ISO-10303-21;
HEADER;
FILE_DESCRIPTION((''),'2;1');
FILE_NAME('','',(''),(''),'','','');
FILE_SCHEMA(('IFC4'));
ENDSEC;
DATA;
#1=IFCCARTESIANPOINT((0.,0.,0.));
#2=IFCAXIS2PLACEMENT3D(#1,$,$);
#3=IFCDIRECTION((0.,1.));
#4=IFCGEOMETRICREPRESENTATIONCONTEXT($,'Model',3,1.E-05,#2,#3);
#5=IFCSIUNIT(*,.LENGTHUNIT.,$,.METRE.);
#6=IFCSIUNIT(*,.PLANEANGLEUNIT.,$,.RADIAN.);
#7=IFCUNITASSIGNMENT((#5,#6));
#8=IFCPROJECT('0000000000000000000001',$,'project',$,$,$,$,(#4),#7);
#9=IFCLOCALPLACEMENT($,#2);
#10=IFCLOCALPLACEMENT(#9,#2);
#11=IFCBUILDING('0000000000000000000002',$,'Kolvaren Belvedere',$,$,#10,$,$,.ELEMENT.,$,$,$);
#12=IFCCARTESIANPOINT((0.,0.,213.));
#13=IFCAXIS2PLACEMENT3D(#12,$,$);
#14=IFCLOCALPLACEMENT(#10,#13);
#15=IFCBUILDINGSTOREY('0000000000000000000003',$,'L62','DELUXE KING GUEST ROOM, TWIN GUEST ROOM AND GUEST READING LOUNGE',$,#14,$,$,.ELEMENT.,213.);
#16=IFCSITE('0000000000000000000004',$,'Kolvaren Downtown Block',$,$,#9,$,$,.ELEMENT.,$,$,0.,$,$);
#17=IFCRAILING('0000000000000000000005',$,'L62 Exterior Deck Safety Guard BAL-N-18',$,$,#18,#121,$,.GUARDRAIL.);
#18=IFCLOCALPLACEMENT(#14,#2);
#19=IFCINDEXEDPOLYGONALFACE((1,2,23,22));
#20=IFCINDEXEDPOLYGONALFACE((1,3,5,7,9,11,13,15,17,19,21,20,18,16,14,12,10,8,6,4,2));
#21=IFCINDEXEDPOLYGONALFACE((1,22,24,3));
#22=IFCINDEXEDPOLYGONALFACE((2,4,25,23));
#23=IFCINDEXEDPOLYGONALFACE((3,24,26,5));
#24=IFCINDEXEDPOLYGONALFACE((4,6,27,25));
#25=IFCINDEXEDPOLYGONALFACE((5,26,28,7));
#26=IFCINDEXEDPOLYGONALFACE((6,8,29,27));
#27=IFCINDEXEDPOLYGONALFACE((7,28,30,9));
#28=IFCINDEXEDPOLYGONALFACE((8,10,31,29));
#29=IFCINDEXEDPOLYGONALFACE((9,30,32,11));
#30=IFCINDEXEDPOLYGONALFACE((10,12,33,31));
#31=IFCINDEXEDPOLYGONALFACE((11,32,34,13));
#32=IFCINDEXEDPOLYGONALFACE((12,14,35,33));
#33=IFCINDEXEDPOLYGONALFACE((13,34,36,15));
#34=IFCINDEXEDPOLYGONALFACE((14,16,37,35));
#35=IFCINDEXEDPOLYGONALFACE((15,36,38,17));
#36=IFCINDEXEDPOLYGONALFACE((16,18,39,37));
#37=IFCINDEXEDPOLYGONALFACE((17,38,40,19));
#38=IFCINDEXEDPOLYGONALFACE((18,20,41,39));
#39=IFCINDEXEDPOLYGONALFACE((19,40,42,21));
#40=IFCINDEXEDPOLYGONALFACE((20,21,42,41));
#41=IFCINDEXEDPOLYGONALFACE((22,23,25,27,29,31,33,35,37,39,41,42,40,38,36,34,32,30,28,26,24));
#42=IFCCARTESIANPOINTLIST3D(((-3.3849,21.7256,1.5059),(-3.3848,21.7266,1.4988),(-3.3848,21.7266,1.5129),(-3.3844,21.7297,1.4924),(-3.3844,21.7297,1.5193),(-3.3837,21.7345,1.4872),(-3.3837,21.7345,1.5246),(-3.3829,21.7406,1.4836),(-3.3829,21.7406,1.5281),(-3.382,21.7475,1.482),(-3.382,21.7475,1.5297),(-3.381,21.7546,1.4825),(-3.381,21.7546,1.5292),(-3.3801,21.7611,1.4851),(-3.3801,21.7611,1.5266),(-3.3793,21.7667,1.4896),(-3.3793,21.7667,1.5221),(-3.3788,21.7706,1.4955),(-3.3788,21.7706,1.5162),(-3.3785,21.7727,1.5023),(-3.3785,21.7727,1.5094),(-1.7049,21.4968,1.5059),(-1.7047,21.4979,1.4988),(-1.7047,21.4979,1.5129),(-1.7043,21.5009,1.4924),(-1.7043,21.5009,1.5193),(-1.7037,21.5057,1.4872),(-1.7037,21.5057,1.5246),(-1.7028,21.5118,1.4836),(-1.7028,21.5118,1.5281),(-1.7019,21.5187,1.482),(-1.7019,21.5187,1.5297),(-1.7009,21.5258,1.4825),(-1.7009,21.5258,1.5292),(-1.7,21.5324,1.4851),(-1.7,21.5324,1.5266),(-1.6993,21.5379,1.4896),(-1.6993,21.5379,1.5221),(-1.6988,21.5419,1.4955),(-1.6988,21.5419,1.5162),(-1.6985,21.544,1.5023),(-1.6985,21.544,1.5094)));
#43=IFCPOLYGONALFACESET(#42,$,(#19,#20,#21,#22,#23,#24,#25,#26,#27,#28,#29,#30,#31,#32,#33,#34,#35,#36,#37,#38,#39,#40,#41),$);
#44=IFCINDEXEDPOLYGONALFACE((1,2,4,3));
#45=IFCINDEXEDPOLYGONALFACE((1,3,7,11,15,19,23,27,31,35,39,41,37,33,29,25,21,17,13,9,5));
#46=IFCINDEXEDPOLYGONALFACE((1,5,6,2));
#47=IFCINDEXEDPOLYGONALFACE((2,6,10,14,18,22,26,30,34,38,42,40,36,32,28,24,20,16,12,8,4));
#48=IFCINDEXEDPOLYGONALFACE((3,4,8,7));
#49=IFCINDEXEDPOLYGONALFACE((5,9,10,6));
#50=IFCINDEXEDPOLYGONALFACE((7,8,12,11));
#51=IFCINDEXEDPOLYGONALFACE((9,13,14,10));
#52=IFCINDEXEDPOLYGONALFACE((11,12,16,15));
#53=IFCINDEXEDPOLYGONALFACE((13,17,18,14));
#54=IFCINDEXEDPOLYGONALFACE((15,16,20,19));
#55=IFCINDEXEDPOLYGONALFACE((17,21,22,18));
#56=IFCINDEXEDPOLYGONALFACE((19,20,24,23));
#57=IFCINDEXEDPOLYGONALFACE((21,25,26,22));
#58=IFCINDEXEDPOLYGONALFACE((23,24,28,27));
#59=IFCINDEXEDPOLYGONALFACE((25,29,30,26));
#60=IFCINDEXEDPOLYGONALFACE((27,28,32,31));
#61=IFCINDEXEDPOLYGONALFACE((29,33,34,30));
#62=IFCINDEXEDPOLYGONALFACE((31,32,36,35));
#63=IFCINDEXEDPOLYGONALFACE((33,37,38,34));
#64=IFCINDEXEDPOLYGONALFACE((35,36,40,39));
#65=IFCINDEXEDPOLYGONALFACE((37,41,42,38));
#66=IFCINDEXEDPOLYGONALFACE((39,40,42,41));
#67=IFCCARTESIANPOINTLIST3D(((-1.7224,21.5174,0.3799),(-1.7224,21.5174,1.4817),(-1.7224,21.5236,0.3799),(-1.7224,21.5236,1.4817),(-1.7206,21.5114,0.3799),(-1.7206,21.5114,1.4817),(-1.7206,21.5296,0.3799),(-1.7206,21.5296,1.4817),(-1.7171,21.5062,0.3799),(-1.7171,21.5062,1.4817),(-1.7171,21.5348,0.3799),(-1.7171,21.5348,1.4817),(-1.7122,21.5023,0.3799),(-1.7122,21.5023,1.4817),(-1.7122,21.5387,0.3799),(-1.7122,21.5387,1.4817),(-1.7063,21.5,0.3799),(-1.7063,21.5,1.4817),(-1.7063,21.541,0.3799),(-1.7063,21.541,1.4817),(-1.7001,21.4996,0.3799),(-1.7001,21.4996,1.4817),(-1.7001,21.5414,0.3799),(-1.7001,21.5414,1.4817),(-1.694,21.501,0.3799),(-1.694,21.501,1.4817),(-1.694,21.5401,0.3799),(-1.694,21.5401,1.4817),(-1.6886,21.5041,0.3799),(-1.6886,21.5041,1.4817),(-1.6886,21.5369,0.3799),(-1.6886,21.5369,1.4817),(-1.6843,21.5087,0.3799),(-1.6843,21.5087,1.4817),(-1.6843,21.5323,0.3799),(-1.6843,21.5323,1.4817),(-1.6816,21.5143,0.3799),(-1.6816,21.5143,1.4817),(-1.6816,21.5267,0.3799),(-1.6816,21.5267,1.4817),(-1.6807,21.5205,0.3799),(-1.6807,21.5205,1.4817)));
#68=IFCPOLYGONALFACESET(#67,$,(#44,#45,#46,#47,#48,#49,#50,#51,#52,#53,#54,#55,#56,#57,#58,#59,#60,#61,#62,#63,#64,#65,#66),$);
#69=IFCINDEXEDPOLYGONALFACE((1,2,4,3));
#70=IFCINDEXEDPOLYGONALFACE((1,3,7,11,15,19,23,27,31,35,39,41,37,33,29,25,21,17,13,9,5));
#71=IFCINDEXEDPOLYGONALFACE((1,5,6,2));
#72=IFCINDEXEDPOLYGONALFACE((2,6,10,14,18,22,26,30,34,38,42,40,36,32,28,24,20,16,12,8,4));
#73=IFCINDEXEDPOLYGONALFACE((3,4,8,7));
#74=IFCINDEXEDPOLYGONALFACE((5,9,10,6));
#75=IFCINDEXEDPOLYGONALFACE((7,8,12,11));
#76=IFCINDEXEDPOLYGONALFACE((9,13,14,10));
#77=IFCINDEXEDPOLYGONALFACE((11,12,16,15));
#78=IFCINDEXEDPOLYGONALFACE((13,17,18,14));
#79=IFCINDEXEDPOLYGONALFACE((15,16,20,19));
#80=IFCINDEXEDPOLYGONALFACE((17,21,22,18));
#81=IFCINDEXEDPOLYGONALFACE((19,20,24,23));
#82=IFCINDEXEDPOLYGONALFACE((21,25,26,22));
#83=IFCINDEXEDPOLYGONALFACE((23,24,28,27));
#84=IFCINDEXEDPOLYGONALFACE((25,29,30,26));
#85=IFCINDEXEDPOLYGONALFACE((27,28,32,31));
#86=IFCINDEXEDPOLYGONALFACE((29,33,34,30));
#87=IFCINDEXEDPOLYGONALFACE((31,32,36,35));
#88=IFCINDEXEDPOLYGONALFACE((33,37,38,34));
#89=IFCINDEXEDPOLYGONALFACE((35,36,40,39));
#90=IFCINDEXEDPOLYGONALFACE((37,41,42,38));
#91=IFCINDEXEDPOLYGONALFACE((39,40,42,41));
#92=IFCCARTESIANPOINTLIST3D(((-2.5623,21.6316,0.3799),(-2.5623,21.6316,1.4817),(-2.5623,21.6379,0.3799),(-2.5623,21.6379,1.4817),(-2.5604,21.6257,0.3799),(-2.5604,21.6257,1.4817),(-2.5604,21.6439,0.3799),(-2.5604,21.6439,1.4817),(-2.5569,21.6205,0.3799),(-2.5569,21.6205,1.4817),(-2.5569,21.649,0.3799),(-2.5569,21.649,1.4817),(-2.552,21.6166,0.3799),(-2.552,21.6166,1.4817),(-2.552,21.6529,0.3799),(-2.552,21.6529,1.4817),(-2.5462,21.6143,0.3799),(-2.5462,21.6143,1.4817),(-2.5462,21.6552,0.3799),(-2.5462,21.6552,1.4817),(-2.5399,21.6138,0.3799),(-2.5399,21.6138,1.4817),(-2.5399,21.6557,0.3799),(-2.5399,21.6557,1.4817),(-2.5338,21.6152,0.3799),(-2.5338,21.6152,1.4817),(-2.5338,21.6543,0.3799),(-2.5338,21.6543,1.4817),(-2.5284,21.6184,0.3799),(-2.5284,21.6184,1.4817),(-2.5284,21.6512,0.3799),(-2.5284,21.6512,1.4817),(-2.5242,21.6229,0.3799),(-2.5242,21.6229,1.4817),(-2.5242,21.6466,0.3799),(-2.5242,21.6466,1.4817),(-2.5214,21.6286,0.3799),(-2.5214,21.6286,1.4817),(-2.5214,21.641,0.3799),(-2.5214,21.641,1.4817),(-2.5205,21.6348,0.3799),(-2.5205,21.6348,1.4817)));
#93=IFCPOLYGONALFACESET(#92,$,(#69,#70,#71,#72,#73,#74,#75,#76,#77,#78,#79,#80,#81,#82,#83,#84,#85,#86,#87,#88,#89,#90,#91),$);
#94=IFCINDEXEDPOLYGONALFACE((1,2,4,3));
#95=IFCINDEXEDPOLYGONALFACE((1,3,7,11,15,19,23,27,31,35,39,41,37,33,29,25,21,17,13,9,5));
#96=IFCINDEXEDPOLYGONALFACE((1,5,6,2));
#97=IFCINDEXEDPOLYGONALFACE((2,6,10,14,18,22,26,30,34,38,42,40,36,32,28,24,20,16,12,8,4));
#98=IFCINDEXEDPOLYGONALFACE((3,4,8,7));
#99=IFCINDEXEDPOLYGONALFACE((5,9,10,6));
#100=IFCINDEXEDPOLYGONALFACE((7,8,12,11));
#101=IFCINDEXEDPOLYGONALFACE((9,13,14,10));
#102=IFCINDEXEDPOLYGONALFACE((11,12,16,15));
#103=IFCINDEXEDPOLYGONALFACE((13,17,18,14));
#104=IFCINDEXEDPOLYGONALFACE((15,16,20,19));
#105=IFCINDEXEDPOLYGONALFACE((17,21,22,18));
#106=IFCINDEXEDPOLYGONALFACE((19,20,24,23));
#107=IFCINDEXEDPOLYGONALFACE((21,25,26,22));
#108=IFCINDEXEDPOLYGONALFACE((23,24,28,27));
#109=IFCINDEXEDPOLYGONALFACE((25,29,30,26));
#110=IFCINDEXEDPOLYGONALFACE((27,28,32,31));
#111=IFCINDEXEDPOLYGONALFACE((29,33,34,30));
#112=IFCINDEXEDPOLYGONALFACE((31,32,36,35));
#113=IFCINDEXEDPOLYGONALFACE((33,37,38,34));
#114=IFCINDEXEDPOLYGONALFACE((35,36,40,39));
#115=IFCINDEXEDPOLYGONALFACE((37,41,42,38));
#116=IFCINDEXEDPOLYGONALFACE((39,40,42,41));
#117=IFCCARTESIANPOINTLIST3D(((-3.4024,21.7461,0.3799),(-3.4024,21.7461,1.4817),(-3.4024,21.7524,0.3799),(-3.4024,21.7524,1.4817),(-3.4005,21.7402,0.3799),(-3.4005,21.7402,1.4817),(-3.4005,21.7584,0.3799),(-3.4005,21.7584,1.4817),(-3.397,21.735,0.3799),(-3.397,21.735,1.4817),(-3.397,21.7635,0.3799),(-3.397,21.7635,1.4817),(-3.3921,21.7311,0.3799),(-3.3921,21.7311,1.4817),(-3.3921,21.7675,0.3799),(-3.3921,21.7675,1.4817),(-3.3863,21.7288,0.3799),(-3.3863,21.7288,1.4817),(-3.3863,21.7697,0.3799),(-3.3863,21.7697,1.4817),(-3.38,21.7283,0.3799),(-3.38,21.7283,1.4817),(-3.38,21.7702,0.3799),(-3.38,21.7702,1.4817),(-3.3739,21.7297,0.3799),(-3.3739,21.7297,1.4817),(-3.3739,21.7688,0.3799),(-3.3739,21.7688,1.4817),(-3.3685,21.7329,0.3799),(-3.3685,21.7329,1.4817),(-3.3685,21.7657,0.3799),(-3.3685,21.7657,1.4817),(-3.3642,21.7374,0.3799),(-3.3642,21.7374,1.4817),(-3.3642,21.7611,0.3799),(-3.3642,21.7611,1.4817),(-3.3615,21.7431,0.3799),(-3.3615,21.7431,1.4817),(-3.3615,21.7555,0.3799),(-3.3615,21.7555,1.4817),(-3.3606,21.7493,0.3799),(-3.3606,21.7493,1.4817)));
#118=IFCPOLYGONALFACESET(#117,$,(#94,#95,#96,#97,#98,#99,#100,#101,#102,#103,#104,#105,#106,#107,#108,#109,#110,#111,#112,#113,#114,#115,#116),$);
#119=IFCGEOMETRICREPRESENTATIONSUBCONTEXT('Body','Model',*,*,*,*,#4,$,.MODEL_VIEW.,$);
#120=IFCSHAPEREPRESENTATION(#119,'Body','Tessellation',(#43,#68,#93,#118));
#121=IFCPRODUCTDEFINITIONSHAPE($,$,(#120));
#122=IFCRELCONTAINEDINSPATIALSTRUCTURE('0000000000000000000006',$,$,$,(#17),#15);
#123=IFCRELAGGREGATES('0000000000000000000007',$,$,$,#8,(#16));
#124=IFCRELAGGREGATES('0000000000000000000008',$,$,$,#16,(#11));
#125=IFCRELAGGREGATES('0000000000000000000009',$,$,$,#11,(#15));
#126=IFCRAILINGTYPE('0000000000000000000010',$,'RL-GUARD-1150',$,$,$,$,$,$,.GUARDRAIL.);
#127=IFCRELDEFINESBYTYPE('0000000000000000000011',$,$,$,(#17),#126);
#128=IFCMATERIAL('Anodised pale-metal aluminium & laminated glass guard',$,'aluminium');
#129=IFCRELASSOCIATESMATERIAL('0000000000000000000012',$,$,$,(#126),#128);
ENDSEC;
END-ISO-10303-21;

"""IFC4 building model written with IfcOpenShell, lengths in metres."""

from ifc_helpers import new_model, si_unit, direction, frame, origin, origin_2d, place, context, subcontext, project, spatial, circle, extrude, material, type_object, element, save


model = new_model("IFC4")

# Units and contexts
model_context = context("Model", 3, precision=1e-05, world=origin(), true_north=direction((0.0, 1.0)))
body_context = subcontext(model_context, "Body", "Model", "MODEL_VIEW")
ifc_project = project(units=[si_unit("LENGTHUNIT", "METRE"), si_unit("PLANEANGLEUNIT", "RADIAN")], contexts=[model_context])

# Site, building, storey
site_placement = place(None, origin())
site = spatial("IfcSite", under=ifc_project, at=site_placement, Name="Kolvaren Downtown Block", CompositionType="ELEMENT", RefElevation=0.0)
building_placement = place(site_placement, origin())
building = spatial("IfcBuilding", under=site, at=building_placement, Name="Kolvaren Belvedere", CompositionType="ELEMENT")
storey_placement = place(building_placement, frame((0.0, 0.0, 213.0)))
storey = spatial("IfcBuildingStorey", under=building, at=storey_placement, Name="L62", Description="DELUXE KING GUEST ROOM, TWIN GUEST ROOM AND GUEST READING LOUNGE", CompositionType="ELEMENT", Elevation=213.0)

# Railing
ifc_material_1 = material(Name="Anodised pale-metal aluminium & laminated glass guard", Category="aluminium")
railing_type = type_object("IfcRailingType", Name="RL-GUARD-1150", PredefinedType="GUARDRAIL", material=ifc_material_1)
railing_1_placement = place(storey_placement, frame((-1.7017, 21.5205, 0.3799)))
element("IfcRailing", 1, at=railing_1_placement, inside=storey, type_object=railing_type, Name="L62 Exterior Deck Safety Guard BAL-N-18", PredefinedType="GUARDRAIL", context=body_context, shape_type="SweptSolid", body=[
    extrude(circle(Radius=0.0239, at=origin_2d()), frame((0.0, 0.0, 1.126), z_axis=(-0.990856, 0.134927, 0.0), x_axis=(-0.134927, -0.990856, 0.0)), (0.0, 0.0, 1.0), 1.6956),
    extrude(circle(Radius=0.021, at=origin_2d()), origin(), (0.0, 0.0, 1.0), 1.1018),
    extrude(circle(Radius=0.021, at=origin_2d()), frame((-0.8398, 0.1143, 0.0)), (0.0, 0.0, 1.0), 1.1018),
    extrude(circle(Radius=0.021, at=origin_2d()), frame((-1.6799, 0.2288, 0.0)), (0.0, 0.0, 1.0), 1.1018),
])

save(model, "model.ifc")
